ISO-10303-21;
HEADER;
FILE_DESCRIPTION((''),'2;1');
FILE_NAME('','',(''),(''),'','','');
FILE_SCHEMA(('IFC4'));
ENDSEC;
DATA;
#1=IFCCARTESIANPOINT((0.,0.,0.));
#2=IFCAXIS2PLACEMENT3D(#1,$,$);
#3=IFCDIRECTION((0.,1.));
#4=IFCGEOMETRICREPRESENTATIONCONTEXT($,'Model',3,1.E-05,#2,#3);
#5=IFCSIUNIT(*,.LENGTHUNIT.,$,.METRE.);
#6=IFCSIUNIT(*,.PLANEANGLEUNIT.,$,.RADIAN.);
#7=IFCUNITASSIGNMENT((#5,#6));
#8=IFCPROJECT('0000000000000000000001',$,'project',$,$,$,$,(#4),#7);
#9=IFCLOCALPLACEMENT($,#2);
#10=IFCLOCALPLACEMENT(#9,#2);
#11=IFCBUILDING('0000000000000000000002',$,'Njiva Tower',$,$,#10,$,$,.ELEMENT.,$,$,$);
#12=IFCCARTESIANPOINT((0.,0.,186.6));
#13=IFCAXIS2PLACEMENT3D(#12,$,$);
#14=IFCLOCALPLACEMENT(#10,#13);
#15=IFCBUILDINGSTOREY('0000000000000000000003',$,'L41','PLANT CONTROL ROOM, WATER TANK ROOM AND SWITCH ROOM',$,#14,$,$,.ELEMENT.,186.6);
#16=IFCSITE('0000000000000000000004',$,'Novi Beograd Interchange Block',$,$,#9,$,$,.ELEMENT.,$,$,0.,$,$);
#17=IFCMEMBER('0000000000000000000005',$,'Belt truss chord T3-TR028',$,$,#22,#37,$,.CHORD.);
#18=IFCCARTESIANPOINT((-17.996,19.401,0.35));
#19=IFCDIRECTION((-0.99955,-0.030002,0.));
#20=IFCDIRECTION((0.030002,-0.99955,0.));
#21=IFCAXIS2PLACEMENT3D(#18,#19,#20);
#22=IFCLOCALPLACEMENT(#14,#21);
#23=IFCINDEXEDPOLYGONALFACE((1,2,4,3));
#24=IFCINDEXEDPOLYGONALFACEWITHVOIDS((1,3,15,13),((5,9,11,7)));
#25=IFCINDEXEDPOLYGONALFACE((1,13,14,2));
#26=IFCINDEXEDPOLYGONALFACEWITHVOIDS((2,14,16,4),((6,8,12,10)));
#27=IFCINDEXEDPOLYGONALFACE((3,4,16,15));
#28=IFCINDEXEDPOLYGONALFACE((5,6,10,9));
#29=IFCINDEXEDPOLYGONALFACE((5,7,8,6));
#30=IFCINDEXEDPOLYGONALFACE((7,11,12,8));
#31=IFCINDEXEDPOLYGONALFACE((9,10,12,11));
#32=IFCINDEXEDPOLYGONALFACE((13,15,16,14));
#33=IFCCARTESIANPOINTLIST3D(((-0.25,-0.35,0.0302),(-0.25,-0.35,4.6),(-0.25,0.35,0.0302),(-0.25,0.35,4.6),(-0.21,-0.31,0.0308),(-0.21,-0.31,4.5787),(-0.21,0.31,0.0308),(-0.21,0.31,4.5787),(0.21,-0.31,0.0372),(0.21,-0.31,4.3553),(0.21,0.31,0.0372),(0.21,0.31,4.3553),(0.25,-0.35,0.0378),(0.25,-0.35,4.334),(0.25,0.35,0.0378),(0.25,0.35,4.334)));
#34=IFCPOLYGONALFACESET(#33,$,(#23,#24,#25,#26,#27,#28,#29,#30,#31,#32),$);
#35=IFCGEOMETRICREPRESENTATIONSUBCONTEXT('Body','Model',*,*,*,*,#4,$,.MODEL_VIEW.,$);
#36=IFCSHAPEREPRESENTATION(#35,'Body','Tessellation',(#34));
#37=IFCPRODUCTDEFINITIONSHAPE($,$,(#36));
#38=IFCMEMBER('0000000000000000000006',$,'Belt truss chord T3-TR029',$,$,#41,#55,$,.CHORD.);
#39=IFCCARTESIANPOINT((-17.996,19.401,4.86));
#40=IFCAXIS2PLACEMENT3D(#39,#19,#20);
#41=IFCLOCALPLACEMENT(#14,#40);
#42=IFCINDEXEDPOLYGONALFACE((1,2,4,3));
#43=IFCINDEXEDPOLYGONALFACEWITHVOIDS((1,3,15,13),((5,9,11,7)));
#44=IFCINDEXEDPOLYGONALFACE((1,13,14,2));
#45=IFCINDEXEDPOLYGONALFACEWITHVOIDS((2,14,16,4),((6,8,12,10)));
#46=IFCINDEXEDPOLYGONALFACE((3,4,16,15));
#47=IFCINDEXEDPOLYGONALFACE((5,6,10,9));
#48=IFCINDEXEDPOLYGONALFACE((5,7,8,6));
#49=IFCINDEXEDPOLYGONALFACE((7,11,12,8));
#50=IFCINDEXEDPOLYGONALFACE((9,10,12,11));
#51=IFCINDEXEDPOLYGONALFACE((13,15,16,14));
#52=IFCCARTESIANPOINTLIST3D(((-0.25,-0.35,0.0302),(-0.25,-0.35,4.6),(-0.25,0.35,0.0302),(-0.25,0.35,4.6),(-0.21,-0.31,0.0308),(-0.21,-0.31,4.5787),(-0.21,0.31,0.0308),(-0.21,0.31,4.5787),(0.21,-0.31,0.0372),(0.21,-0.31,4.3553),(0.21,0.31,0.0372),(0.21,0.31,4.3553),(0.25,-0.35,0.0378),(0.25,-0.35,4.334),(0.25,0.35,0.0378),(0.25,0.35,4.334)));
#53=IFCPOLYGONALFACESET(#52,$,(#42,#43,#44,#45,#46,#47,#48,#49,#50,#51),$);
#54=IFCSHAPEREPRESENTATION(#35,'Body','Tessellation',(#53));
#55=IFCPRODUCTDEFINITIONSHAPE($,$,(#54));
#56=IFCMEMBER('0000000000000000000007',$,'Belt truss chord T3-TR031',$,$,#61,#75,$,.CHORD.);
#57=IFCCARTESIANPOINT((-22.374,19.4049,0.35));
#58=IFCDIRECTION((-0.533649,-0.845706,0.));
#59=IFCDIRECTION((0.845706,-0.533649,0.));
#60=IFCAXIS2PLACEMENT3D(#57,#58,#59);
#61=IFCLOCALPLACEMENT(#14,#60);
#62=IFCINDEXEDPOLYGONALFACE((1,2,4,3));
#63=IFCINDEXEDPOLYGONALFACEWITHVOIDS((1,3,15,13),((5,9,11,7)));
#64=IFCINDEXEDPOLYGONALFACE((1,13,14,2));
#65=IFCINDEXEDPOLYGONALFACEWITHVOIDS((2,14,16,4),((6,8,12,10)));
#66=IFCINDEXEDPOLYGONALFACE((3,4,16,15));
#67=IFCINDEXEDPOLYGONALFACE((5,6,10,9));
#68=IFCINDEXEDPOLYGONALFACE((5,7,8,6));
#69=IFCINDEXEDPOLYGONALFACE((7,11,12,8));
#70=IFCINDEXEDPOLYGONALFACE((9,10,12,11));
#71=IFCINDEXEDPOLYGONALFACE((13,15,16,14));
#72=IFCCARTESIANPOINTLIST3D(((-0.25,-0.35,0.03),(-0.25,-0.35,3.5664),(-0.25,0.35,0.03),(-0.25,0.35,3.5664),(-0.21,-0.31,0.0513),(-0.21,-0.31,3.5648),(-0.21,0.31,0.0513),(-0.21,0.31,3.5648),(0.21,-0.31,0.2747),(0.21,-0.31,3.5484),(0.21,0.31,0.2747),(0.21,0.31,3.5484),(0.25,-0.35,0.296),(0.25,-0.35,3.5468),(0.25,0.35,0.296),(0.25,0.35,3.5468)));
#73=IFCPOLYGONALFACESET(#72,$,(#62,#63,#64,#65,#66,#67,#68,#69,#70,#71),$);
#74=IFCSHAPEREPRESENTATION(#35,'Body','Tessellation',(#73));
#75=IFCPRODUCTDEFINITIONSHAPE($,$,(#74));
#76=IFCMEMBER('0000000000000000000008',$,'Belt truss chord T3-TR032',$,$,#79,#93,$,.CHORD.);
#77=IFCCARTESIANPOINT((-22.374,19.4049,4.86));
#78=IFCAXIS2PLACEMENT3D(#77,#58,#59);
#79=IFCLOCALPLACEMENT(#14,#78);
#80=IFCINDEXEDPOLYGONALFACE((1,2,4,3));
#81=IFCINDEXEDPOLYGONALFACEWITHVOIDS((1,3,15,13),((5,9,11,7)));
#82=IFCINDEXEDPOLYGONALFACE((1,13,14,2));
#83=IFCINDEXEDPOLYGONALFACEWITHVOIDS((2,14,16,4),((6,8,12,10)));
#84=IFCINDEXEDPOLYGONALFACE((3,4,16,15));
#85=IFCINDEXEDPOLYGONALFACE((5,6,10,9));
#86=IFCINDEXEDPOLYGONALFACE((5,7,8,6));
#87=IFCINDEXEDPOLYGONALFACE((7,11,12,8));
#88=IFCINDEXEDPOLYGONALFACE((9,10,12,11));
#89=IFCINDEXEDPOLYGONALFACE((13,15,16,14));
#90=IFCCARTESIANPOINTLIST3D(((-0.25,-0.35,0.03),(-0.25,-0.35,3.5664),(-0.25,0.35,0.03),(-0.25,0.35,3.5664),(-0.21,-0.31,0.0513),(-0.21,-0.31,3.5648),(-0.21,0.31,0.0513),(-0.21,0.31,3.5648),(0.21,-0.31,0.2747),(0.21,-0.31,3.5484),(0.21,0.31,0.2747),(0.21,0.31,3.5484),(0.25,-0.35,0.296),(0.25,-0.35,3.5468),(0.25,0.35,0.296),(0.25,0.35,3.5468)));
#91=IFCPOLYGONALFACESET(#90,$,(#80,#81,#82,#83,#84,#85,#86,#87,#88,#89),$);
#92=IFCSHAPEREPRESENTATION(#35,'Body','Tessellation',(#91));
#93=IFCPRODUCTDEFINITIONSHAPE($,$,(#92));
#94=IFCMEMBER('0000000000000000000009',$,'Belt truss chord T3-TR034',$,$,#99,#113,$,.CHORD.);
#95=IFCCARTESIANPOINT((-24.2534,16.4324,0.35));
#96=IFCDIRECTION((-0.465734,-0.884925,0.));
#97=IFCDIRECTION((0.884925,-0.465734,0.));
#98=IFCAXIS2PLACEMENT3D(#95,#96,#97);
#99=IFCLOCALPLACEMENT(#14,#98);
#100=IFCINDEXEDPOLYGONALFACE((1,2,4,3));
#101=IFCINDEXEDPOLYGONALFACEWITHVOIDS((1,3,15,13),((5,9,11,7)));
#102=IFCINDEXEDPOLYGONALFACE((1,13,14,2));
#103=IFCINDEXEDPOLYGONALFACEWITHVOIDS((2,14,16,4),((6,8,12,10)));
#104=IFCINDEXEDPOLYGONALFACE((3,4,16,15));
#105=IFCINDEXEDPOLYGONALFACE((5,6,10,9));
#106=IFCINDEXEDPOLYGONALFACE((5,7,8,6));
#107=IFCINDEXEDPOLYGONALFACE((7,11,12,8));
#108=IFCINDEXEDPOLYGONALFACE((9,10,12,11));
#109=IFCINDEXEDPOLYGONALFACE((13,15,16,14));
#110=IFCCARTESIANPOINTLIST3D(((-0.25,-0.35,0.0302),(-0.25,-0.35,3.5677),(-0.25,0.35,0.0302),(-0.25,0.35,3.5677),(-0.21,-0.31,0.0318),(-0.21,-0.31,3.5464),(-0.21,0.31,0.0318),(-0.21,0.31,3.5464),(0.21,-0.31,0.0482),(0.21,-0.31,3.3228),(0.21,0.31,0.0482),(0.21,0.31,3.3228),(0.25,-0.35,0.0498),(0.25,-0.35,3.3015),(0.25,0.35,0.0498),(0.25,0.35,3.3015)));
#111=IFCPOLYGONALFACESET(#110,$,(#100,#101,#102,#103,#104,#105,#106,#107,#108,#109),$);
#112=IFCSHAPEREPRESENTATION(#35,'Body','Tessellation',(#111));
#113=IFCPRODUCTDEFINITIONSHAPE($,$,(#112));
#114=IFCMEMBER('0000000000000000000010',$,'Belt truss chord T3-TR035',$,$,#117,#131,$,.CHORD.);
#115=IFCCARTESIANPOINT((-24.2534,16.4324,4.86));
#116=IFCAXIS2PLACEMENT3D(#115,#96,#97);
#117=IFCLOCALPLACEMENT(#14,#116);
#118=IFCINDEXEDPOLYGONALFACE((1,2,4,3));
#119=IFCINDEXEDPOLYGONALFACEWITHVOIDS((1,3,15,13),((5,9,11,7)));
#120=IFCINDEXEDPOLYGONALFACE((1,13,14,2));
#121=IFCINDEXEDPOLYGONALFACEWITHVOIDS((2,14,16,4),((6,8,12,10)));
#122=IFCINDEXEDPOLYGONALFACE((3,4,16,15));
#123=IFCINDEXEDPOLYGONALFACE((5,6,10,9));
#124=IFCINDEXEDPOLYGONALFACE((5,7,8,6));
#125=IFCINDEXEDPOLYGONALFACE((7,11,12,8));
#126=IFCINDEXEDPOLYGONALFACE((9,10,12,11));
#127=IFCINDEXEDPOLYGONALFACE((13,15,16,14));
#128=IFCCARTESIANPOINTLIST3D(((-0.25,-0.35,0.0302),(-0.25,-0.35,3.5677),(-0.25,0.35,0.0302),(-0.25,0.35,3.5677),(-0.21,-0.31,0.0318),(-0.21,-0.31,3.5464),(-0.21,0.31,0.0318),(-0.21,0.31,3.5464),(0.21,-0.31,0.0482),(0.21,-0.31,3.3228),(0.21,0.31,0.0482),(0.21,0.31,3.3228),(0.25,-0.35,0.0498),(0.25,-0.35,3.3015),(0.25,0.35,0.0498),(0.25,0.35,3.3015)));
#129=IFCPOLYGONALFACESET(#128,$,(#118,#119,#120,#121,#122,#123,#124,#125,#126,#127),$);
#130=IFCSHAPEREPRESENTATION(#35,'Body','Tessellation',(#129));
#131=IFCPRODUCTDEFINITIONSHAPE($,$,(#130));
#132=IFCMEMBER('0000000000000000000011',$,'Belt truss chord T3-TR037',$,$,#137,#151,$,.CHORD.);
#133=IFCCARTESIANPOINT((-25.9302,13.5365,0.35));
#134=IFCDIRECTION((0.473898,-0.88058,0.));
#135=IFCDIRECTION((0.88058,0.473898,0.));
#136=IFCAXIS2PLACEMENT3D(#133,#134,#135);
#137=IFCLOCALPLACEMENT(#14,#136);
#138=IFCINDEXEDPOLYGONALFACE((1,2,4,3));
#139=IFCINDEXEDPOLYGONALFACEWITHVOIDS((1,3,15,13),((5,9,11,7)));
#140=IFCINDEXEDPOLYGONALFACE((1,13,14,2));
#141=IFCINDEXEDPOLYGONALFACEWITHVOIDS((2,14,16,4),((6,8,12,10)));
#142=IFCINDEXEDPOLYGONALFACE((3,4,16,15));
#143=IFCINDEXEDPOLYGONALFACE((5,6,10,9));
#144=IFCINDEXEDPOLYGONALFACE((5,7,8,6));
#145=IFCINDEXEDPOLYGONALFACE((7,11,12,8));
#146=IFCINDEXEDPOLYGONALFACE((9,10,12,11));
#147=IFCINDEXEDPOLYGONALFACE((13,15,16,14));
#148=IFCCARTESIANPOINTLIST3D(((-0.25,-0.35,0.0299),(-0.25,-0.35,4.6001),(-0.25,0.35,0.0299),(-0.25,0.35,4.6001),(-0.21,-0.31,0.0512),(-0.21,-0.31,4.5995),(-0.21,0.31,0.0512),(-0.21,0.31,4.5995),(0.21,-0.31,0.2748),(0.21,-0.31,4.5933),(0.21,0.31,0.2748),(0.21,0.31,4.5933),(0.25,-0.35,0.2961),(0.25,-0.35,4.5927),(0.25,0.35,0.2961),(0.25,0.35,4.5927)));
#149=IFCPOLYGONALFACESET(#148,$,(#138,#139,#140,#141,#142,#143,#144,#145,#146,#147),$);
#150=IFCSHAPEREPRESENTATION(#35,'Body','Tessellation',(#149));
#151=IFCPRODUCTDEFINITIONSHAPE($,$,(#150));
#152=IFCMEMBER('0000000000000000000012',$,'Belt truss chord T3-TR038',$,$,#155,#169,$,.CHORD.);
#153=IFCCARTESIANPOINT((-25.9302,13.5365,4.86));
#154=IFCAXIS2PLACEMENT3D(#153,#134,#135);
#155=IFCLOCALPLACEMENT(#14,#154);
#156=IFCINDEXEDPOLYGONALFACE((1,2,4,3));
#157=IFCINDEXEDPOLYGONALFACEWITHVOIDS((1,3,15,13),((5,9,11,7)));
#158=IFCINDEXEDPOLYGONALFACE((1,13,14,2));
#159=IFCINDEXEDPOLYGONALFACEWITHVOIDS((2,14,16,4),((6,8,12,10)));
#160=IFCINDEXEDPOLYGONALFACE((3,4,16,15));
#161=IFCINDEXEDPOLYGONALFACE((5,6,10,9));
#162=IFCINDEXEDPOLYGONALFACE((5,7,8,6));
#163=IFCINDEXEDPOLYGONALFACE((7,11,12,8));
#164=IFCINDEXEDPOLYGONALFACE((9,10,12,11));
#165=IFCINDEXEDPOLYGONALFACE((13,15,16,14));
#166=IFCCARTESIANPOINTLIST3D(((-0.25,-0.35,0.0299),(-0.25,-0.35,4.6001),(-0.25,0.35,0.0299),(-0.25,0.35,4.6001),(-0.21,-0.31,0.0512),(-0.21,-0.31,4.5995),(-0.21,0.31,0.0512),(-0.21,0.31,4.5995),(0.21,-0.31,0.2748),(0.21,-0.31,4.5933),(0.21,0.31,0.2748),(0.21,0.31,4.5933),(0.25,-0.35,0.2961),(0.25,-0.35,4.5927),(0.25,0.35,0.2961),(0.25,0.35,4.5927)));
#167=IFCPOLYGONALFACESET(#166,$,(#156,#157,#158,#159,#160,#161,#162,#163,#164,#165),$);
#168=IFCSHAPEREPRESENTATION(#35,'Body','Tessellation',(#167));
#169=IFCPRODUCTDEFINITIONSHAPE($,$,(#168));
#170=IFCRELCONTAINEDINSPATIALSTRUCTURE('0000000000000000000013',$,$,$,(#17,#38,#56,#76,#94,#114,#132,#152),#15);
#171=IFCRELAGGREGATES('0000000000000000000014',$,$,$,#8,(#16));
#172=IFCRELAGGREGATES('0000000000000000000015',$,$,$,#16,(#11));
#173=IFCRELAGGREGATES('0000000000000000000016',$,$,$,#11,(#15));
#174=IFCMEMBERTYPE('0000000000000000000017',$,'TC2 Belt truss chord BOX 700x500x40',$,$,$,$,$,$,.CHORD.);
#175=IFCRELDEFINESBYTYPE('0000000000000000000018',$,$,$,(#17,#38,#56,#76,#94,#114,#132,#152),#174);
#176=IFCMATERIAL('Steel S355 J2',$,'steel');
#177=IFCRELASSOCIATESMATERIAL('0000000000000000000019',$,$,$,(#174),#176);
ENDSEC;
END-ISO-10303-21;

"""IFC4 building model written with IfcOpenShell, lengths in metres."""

from ifc_helpers import new_model, si_unit, direction, frame, origin, origin_2d, place, context, subcontext, project, spatial, hollow_rectangle, extrude, clip, halfspace, material, material_profile, profile_set, type_object, element, save


model = new_model("IFC4")

# Units and contexts
model_context = context("Model", 3, precision=1e-05, world=origin(), true_north=direction((0.0, 1.0)))
body_context = subcontext(model_context, "Body", "Model", "MODEL_VIEW")
ifc_project = project(units=[si_unit("LENGTHUNIT", "METRE"), si_unit("PLANEANGLEUNIT", "RADIAN")], contexts=[model_context])

# Site, building, storey
site_placement = place(None, origin())
site = spatial("IfcSite", under=ifc_project, at=site_placement, Name="Novi Beograd Interchange Block", CompositionType="ELEMENT", RefElevation=0.0)
building_placement = place(site_placement, origin())
building = spatial("IfcBuilding", under=site, at=building_placement, Name="Njiva Tower", CompositionType="ELEMENT")
storey_placement = place(building_placement, frame((0.0, 0.0, 186.6)))
storey = spatial("IfcBuildingStorey", under=building, at=storey_placement, Name="L41", Description="PLANT CONTROL ROOM, WATER TANK ROOM AND SWITCH ROOM", CompositionType="ELEMENT", Elevation=186.6)

# Shared definitions
ifc_material_1 = material(Name="Steel S355 J2", Category="steel")

# Members
ifc_material_profile_1 = material_profile(ifc_material_1, hollow_rectangle(XDim=0.5, YDim=0.7, WallThickness=0.04, at=origin_2d()), Name="BOX 700x500x40")
ifc_profile_set_1 = profile_set([ifc_material_profile_1], Name="Steel S355 J2")
member_type_1 = type_object("IfcMemberType", Name="TC2 Belt truss chord BOX 700x500x40", PredefinedType="CHORD", material=ifc_profile_set_1)
member_1_placement = place(storey_placement, frame((-17.996, 19.401, 0.35), z_axis=(-0.99955, -0.030002, 0.0), x_axis=(0.030002, -0.99955, 0.0)))
element("IfcMember", 1, at=member_1_placement, inside=storey, type_object=member_type_1, Name="Belt truss chord T3-TR028", PredefinedType="CHORD", context=body_context, shape_type="Clipping", body=[
    clip(clip(extrude(hollow_rectangle(XDim=0.5, YDim=0.7, WallThickness=0.04, at=origin_2d()), origin(), (0.0, 0.0, 1.0), 4.63), halfspace(frame((0.0, -186.95, 0.034), z_axis=(0.015006, 0.0, -0.999887), x_axis=(0.0, -1.0, 0.0)), False)), halfspace(frame((0.0, -186.95, 4.467), z_axis=(0.469694, 0.0, 0.882829), x_axis=(0.0, 1.0, 0.0)), False)),
])
member_2_placement = place(storey_placement, frame((-17.996, 19.401, 4.86), z_axis=(-0.99955, -0.030002, 0.0), x_axis=(0.030002, -0.99955, 0.0)))
element("IfcMember", 2, at=member_2_placement, inside=storey, type_object=member_type_1, Name="Belt truss chord T3-TR029", PredefinedType="CHORD", context=body_context, shape_type="Clipping", body=[
    clip(clip(extrude(hollow_rectangle(XDim=0.5, YDim=0.7, WallThickness=0.04, at=origin_2d()), origin(), (0.0, 0.0, 1.0), 4.63), halfspace(frame((0.0, -191.46, 0.034), z_axis=(0.015006, 0.0, -0.999887), x_axis=(0.0, -1.0, 0.0)), False)), halfspace(frame((0.0, -191.46, 4.467), z_axis=(0.469694, 0.0, 0.882829), x_axis=(0.0, 1.0, 0.0)), False)),
])
member_3_placement = place(storey_placement, frame((-22.374, 19.4049, 0.35), z_axis=(-0.533649, -0.845706, 0.0), x_axis=(0.845706, -0.533649, 0.0)))
element("IfcMember", 3, at=member_3_placement, inside=storey, type_object=member_type_1, Name="Belt truss chord T3-TR031", PredefinedType="CHORD", context=body_context, shape_type="Clipping", body=[
    clip(clip(extrude(hollow_rectangle(XDim=0.5, YDim=0.7, WallThickness=0.04, at=origin_2d()), origin(), (0.0, 0.0, 1.0), 3.5966), halfspace(frame((0.0, -186.95, 0.163), z_axis=(0.469686, 0.0, -0.882833), x_axis=(0.0, -1.0, 0.0)), False)), halfspace(frame((0.0, -186.95, 3.5566), z_axis=(0.039209, 0.0, 0.999231), x_axis=(0.0, 1.0, 0.0)), False)),
])
member_4_placement = place(storey_placement, frame((-22.374, 19.4049, 4.86), z_axis=(-0.533649, -0.845706, 0.0), x_axis=(0.845706, -0.533649, 0.0)))
element("IfcMember", 4, at=member_4_placement, inside=storey, type_object=member_type_1, Name="Belt truss chord T3-TR032", PredefinedType="CHORD", context=body_context, shape_type="Clipping", body=[
    clip(clip(extrude(hollow_rectangle(XDim=0.5, YDim=0.7, WallThickness=0.04, at=origin_2d()), origin(), (0.0, 0.0, 1.0), 3.5966), halfspace(frame((0.0, -191.46, 0.163), z_axis=(0.469686, 0.0, -0.882833), x_axis=(0.0, -1.0, 0.0)), False)), halfspace(frame((0.0, -191.46, 3.5566), z_axis=(0.039209, 0.0, 0.999231), x_axis=(0.0, 1.0, 0.0)), False)),
])
member_5_placement = place(storey_placement, frame((-24.2534, 16.4324, 0.35), z_axis=(-0.465734, -0.884925, 0.0), x_axis=(0.884925, -0.465734, 0.0)))
element("IfcMember", 5, at=member_5_placement, inside=storey, type_object=member_type_1, Name="Belt truss chord T3-TR034", PredefinedType="CHORD", context=body_context, shape_type="Clipping", body=[
    clip(clip(extrude(hollow_rectangle(XDim=0.5, YDim=0.7, WallThickness=0.04, at=origin_2d()), origin(), (0.0, 0.0, 1.0), 3.5976), halfspace(frame((0.0, -186.95, 0.04), z_axis=(0.039216, 0.0, -0.999231), x_axis=(0.0, -1.0, 0.0)), False)), halfspace(frame((0.0, -186.95, 3.4346), z_axis=(0.469818, 0.0, 0.882763), x_axis=(0.0, 1.0, 0.0)), False)),
])
member_6_placement = place(storey_placement, frame((-24.2534, 16.4324, 4.86), z_axis=(-0.465734, -0.884925, 0.0), x_axis=(0.884925, -0.465734, 0.0)))
element("IfcMember", 6, at=member_6_placement, inside=storey, type_object=member_type_1, Name="Belt truss chord T3-TR035", PredefinedType="CHORD", context=body_context, shape_type="Clipping", body=[
    clip(clip(extrude(hollow_rectangle(XDim=0.5, YDim=0.7, WallThickness=0.04, at=origin_2d()), origin(), (0.0, 0.0, 1.0), 3.5976), halfspace(frame((0.0, -191.46, 0.04), z_axis=(0.039216, 0.0, -0.999231), x_axis=(0.0, -1.0, 0.0)), False)), halfspace(frame((0.0, -191.46, 3.4346), z_axis=(0.469818, 0.0, 0.882763), x_axis=(0.0, 1.0, 0.0)), False)),
])
member_7_placement = place(storey_placement, frame((-25.9302, 13.5365, 0.35), z_axis=(0.473898, -0.88058, 0.0), x_axis=(0.88058, 0.473898, 0.0)))
element("IfcMember", 7, at=member_7_placement, inside=storey, type_object=member_type_1, Name="Belt truss chord T3-TR037", PredefinedType="CHORD", context=body_context, shape_type="Clipping", body=[
    clip(clip(extrude(hollow_rectangle(XDim=0.5, YDim=0.7, WallThickness=0.04, at=origin_2d()), origin(), (0.0, 0.0, 1.0), 4.6304), halfspace(frame((0.0, -186.95, 0.163), z_axis=(0.469825, 0.0, -0.88276), x_axis=(0.0, -1.0, 0.0)), False)), halfspace(frame((0.0, -186.95, 4.5964), z_axis=(0.014904, 0.0, 0.999889), x_axis=(0.0, 1.0, 0.0)), False)),
])
member_8_placement = place(storey_placement, frame((-25.9302, 13.5365, 4.86), z_axis=(0.473898, -0.88058, 0.0), x_axis=(0.88058, 0.473898, 0.0)))
element("IfcMember", 8, at=member_8_placement, inside=storey, type_object=member_type_1, Name="Belt truss chord T3-TR038", PredefinedType="CHORD", context=body_context, shape_type="Clipping", body=[
    clip(clip(extrude(hollow_rectangle(XDim=0.5, YDim=0.7, WallThickness=0.04, at=origin_2d()), origin(), (0.0, 0.0, 1.0), 4.6304), halfspace(frame((0.0, -191.46, 0.163), z_axis=(0.469825, 0.0, -0.88276), x_axis=(0.0, -1.0, 0.0)), False)), halfspace(frame((0.0, -191.46, 4.5964), z_axis=(0.014904, 0.0, 0.999889), x_axis=(0.0, 1.0, 0.0)), False)),
])

save(model, "model.ifc")
